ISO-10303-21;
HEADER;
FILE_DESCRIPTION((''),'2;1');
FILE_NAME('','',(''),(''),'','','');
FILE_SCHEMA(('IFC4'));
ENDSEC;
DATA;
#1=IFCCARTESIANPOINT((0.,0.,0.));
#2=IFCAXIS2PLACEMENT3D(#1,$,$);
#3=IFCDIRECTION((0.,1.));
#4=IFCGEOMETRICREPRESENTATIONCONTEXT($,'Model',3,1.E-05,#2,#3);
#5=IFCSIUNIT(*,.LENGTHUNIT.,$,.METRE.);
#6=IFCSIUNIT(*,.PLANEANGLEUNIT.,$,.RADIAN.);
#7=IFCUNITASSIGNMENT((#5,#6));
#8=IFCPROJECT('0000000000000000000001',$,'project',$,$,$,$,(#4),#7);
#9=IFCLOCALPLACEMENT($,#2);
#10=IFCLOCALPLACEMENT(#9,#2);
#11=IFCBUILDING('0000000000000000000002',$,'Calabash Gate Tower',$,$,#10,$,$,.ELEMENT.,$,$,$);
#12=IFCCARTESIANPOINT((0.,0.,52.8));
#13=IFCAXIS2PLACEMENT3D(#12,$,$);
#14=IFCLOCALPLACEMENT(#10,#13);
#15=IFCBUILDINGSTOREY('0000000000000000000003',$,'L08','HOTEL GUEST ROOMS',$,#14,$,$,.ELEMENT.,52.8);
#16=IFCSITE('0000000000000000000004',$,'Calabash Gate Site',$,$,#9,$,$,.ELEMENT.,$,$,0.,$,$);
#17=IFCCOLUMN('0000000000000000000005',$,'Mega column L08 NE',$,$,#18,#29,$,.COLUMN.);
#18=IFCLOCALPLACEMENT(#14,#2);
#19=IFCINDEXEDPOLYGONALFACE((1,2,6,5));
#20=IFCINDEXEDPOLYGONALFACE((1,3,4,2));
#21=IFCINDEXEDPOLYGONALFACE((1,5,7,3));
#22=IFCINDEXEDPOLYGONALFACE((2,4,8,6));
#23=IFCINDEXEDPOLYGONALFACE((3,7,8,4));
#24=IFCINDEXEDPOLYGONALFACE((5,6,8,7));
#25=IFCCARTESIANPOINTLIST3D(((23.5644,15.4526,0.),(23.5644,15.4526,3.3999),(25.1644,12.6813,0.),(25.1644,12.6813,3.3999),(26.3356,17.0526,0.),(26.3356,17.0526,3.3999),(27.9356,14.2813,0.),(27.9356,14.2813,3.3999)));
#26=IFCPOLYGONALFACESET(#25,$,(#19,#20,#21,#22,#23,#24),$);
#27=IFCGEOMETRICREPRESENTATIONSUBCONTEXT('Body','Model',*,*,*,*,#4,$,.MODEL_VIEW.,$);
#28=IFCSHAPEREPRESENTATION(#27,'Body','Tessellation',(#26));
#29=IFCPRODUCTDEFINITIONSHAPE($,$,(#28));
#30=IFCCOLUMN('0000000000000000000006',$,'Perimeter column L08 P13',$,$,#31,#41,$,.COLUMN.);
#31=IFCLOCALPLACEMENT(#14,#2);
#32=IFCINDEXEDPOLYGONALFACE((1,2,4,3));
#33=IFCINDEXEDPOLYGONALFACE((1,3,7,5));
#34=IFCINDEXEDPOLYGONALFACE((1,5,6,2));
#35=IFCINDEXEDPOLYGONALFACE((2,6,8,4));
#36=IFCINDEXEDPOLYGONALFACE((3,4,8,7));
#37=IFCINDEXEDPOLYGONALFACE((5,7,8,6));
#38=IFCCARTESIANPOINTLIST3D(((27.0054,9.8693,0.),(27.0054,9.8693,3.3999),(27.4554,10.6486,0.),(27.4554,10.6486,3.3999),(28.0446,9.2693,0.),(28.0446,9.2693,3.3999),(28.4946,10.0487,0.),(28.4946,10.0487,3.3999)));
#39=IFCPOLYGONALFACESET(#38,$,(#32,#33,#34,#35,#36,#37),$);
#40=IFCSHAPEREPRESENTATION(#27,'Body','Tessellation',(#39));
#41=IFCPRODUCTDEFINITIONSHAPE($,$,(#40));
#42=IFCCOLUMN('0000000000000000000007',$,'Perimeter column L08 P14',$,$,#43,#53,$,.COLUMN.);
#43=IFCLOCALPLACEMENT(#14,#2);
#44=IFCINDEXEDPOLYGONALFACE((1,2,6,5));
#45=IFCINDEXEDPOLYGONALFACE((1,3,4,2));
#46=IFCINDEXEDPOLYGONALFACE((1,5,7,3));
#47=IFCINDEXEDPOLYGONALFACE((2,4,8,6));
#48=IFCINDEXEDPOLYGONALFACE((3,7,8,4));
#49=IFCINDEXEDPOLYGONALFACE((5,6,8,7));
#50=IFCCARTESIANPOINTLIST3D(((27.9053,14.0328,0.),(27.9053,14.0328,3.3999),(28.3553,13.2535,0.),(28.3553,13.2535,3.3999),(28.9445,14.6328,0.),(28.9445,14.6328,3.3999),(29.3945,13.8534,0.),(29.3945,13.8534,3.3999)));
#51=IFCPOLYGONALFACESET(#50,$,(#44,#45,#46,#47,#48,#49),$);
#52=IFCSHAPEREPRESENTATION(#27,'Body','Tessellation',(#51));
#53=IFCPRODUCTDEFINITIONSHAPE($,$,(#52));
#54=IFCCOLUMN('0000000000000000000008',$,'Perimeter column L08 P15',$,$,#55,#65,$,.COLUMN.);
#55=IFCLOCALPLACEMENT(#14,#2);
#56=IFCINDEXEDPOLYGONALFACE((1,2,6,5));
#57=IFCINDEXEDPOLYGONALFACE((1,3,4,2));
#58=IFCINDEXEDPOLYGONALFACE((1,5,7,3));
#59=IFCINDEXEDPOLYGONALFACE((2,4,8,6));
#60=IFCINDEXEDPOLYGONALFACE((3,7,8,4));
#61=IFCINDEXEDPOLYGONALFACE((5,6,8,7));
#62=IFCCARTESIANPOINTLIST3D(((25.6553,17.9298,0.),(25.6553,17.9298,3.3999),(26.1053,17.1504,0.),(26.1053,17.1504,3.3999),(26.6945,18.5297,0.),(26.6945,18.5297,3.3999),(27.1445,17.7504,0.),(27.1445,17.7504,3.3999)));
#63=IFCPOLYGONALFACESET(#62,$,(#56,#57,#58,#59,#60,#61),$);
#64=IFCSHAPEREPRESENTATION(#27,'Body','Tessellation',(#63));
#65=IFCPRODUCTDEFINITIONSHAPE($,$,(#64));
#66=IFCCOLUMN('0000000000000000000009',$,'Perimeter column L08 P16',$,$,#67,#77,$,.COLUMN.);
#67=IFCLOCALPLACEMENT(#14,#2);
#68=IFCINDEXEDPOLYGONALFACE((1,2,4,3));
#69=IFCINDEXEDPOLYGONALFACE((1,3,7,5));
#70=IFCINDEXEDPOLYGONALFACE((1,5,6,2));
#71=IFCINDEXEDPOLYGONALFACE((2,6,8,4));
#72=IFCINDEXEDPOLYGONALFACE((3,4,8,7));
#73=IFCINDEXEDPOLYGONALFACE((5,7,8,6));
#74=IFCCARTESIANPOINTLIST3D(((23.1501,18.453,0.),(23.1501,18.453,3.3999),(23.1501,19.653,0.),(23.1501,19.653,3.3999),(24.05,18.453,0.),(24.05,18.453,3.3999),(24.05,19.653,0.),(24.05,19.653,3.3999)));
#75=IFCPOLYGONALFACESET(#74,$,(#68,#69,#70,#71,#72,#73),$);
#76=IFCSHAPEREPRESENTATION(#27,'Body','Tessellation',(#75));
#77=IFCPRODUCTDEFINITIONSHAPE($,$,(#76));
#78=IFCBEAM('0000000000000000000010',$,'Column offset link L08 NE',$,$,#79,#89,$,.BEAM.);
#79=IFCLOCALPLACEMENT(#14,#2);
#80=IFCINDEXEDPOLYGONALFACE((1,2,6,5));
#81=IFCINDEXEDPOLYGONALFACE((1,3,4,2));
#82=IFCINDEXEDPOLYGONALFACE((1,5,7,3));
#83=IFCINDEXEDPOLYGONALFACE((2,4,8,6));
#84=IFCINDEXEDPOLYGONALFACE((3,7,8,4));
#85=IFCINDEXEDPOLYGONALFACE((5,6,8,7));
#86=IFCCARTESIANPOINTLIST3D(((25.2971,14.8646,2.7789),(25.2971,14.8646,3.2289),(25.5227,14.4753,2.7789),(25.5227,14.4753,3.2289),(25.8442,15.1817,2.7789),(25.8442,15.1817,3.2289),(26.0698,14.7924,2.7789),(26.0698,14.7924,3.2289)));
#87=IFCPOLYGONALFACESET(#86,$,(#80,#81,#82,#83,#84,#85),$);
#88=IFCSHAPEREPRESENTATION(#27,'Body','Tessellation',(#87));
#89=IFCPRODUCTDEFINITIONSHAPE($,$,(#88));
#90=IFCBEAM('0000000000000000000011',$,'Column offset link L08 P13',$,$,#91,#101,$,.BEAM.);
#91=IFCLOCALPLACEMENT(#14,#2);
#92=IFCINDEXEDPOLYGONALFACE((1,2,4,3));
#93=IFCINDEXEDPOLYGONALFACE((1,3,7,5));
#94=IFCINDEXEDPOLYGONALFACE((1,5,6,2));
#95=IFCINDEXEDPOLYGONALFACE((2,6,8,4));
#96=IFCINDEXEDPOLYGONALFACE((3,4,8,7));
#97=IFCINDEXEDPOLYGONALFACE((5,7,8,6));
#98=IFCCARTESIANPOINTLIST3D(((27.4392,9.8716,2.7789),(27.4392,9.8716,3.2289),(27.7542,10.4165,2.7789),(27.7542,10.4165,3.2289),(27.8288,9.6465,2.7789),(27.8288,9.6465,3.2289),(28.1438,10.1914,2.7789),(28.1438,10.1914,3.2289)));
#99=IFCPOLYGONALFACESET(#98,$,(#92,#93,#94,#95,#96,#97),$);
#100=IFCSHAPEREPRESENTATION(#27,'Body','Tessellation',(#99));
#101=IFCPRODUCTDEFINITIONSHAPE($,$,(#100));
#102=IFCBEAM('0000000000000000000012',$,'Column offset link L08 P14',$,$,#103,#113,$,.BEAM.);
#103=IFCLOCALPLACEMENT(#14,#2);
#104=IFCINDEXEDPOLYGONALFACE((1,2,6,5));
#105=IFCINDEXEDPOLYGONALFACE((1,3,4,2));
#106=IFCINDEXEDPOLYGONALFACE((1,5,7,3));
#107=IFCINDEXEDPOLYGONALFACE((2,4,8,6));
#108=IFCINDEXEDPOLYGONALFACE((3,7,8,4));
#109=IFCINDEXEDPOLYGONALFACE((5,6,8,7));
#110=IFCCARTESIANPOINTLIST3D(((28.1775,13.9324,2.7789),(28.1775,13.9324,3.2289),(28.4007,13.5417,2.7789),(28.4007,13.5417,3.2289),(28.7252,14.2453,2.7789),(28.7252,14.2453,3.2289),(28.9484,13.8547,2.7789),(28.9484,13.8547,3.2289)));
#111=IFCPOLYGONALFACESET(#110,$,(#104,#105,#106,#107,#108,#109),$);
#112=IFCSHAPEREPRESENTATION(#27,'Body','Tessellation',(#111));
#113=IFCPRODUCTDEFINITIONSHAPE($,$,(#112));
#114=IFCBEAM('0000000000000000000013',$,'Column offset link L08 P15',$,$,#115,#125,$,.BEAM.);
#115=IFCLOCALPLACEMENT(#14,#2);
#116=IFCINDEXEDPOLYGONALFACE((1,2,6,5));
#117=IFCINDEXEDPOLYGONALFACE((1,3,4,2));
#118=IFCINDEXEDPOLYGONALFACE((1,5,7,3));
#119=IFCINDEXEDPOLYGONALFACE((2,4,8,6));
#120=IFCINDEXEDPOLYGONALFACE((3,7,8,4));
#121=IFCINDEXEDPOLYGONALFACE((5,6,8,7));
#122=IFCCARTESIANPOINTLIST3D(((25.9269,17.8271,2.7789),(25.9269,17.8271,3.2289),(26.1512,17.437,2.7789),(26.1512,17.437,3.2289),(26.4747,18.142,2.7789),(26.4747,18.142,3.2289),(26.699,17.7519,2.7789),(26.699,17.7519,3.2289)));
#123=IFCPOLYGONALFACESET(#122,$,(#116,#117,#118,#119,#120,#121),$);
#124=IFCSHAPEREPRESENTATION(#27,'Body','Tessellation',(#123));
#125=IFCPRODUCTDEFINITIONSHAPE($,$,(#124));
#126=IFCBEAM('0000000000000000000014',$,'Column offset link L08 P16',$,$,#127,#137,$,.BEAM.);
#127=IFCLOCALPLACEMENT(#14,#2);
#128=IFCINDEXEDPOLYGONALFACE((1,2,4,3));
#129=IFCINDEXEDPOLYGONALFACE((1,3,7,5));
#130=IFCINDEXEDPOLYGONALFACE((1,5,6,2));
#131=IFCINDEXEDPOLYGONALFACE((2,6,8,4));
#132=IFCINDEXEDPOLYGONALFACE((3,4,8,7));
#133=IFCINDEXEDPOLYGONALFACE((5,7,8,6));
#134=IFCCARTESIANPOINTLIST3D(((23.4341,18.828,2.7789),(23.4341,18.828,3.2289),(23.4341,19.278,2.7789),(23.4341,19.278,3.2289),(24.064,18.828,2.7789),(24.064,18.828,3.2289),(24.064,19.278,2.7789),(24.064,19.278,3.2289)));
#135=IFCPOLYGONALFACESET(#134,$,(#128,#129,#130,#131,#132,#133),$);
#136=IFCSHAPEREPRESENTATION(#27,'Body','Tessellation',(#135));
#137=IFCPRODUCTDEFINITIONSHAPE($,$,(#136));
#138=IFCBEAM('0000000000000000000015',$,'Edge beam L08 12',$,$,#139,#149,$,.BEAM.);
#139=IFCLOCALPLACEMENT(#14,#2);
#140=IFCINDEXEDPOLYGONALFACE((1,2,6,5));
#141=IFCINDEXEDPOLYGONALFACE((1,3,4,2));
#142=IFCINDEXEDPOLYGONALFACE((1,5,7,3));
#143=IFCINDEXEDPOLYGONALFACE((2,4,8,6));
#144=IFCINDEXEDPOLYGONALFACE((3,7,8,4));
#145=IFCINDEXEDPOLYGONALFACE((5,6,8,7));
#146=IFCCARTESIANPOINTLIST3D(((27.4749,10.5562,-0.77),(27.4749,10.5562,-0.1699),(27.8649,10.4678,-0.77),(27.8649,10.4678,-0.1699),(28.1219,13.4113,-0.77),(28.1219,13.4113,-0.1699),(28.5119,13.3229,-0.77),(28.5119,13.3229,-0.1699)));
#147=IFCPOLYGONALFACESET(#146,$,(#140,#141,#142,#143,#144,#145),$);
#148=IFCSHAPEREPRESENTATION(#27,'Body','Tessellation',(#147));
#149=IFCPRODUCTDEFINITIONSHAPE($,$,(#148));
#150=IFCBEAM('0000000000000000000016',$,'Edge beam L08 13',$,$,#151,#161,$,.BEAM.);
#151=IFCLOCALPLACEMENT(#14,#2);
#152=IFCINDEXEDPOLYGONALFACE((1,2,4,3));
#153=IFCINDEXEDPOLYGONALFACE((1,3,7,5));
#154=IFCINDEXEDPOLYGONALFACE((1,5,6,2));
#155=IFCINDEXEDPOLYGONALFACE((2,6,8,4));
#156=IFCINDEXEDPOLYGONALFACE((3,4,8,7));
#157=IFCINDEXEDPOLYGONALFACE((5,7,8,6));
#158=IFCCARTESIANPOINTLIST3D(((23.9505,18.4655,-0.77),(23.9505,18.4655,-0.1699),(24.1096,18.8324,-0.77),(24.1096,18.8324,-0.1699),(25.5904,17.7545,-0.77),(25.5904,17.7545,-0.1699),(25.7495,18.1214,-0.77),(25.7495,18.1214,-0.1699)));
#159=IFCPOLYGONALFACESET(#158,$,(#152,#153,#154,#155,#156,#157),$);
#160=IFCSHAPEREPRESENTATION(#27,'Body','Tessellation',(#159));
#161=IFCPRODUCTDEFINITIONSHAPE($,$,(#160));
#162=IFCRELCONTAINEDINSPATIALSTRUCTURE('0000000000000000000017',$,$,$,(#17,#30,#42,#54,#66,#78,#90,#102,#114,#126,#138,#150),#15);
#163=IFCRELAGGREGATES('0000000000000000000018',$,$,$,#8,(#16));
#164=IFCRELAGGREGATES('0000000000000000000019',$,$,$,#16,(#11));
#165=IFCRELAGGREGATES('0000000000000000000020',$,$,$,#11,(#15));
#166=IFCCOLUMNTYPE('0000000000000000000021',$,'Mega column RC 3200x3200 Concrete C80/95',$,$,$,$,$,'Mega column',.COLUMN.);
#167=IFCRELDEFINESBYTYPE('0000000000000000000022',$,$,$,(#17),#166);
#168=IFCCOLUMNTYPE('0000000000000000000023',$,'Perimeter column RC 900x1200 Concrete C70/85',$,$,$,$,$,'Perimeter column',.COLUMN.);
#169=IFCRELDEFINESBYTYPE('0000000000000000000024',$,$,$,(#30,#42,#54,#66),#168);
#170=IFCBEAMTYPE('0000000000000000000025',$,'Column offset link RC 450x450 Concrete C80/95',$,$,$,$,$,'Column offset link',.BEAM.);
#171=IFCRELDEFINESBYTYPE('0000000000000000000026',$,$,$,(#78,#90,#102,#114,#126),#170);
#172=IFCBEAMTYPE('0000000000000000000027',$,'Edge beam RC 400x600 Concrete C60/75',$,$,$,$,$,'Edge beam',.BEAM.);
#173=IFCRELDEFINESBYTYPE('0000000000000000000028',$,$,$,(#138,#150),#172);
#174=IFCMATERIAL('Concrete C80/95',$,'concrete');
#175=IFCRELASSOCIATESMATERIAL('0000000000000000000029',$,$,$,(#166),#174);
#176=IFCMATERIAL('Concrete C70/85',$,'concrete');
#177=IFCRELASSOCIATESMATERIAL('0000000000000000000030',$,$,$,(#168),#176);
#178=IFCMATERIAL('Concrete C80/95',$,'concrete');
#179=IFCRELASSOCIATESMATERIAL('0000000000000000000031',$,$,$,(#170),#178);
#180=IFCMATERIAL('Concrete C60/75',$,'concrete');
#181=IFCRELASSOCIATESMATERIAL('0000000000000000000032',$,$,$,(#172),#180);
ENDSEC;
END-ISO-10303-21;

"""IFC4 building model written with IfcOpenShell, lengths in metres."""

from ifc_helpers import new_model, si_unit, direction, frame, origin, origin_2d, place, context, subcontext, project, spatial, rectangle, extrude, material, material_profile, profile_set, type_object, element, save


model = new_model("IFC4")

# Units and contexts
model_context = context("Model", 3, precision=1e-05, world=origin(), true_north=direction((0.0, 1.0)))
body_context = subcontext(model_context, "Body", "Model", "MODEL_VIEW")
ifc_project = project(units=[si_unit("LENGTHUNIT", "METRE"), si_unit("PLANEANGLEUNIT", "RADIAN")], contexts=[model_context])

# Site, building, storey
site_placement = place(None, origin())
site = spatial("IfcSite", under=ifc_project, at=site_placement, Name="Calabash Gate Site", CompositionType="ELEMENT", RefElevation=0.0)
building_placement = place(site_placement, origin())
building = spatial("IfcBuilding", under=site, at=building_placement, Name="Calabash Gate Tower", CompositionType="ELEMENT")
storey_placement = place(building_placement, frame((0.0, 0.0, 52.8)))
storey = spatial("IfcBuildingStorey", under=building, at=storey_placement, Name="L08", Description="HOTEL GUEST ROOMS", CompositionType="ELEMENT", Elevation=52.8)

# Columns
ifc_material_1 = material(Name="Concrete C80/95", Category="concrete")
ifc_material_profile_1 = material_profile(ifc_material_1, rectangle(XDim=3.2, YDim=3.2, at=origin_2d()))
ifc_profile_set_1 = profile_set([ifc_material_profile_1], Name="Concrete C80/95")
column_type_1 = type_object("IfcColumnType", Name="Mega column RC 3200x3200 Concrete C80/95", ElementType="Mega column", PredefinedType="COLUMN", material=ifc_profile_set_1)
column_placement = place(storey_placement, frame((25.75, 14.8669, 0.0), z_axis=(0.0, 0.0, 1.0), x_axis=(-0.866025, -0.5, 0.0)))
element("IfcColumn", 1, at=column_placement, inside=storey, type_object=column_type_1, Name="Mega column L08 NE", PredefinedType="COLUMN", context=body_context, shape_type="SweptSolid", body=[
    extrude(rectangle(XDim=3.2, YDim=3.2, at=origin_2d()), origin(), (0.0, 0.0, 1.0), 3.3999),
])
ifc_material_2 = material(Name="Concrete C70/85", Category="concrete")
ifc_material_profile_2 = material_profile(ifc_material_2, rectangle(XDim=0.8999, YDim=1.2, at=origin_2d()))
ifc_profile_set_2 = profile_set([ifc_material_profile_2], Name="Concrete C70/85")
column_type_2 = type_object("IfcColumnType", Name="Perimeter column RC 900x1200 Concrete C70/85", ElementType="Perimeter column", PredefinedType="COLUMN", material=ifc_profile_set_2)
for number, where, z_axis, x_axis, name in (
    (2, (27.75, 9.959, 0.0), (0.0, 0.0, 1.0), (0.5, 0.866025, 0.0), "Perimeter column L08 P13"),
    (3, (28.6499, 13.9431, 0.0), (0.0, 0.0, 1.0), (-0.5, 0.866025, 0.0), "Perimeter column L08 P14"),
    (4, (26.3999, 17.8401, 0.0), (0.0, 0.0, 1.0), (-0.5, 0.866025, 0.0), "Perimeter column L08 P15"),
    (5, (23.6001, 19.053, 0.0), (0.0, 0.0, 1.0), (-1.0, 0.0, 0.0), "Perimeter column L08 P16"),
):
    element("IfcColumn", number, at=place(storey_placement, frame(where, z_axis=z_axis, x_axis=x_axis)), inside=storey, type_object=column_type_2, Name=name, PredefinedType="COLUMN", context=body_context, shape_type="SweptSolid", body=[
        extrude(rectangle(XDim=0.8999, YDim=1.2, at=origin_2d()), origin(), (0.0, 0.0, 1.0), 3.3999),
    ])

# Beams
ifc_material_3 = material(Name="Concrete C80/95", Category="concrete")
ifc_material_profile_3 = material_profile(ifc_material_3, rectangle(XDim=0.45, YDim=0.45, at=origin_2d()))
ifc_profile_set_3 = profile_set([ifc_material_profile_3], Name="Concrete C80/95")
beam_type_1 = type_object("IfcBeamType", Name="Column offset link RC 450x450 Concrete C80/95", ElementType="Column offset link", PredefinedType="BEAM", material=ifc_profile_set_3)
beam_1_placement = place(storey_placement, frame((25.4099, 14.6699, 3.0039), z_axis=(0.865162, 0.501493, 0.0), x_axis=(-0.501493, 0.865162, 0.0)))
element("IfcBeam", 6, at=beam_1_placement, inside=storey, type_object=beam_type_1, Name="Column offset link L08 NE", PredefinedType="BEAM", context=body_context, shape_type="SweptSolid", body=[
    extrude(rectangle(XDim=0.45, YDim=0.45, at=origin_2d()), origin(), (0.0, 0.0, 1.0), 0.6323),
])
beam_2_placement = place(storey_placement, frame((27.634, 9.759, 3.0039), z_axis=(0.500394, 0.865798, 0.0), x_axis=(-0.865798, 0.500394, 0.0)))
element("IfcBeam", 7, at=beam_2_placement, inside=storey, type_object=beam_type_1, Name="Column offset link L08 P13", PredefinedType="BEAM", context=body_context, shape_type="SweptSolid", body=[
    extrude(rectangle(XDim=0.45, YDim=0.45, at=origin_2d()), origin(), (0.0, 0.0, 1.0), 0.6294),
])
beam_3_placement = place(storey_placement, frame((28.2891, 13.7371, 3.0039), z_axis=(0.868291, 0.496056, 0.0), x_axis=(-0.496056, 0.868291, 0.0)))
element("IfcBeam", 8, at=beam_3_placement, inside=storey, type_object=beam_type_1, Name="Column offset link L08 P14", PredefinedType="BEAM", context=body_context, shape_type="SweptSolid", body=[
    extrude(rectangle(XDim=0.45, YDim=0.45, at=origin_2d()), origin(), (0.0, 0.0, 1.0), 0.6309),
])
beam_4_placement = place(storey_placement, frame((26.0391, 17.6321, 3.0039), z_axis=(0.866956, 0.498384, 0.0), x_axis=(-0.498384, 0.866956, 0.0)))
element("IfcBeam", 9, at=beam_4_placement, inside=storey, type_object=beam_type_1, Name="Column offset link L08 P15", PredefinedType="BEAM", context=body_context, shape_type="SweptSolid", body=[
    extrude(rectangle(XDim=0.45, YDim=0.45, at=origin_2d()), origin(), (0.0, 0.0, 1.0), 0.6318),
])
beam_5_placement = place(storey_placement, frame((23.4341, 19.053, 3.0039), z_axis=(1.0, 0.0, 0.0), x_axis=(0.0, 1.0, 0.0)))
element("IfcBeam", 10, at=beam_5_placement, inside=storey, type_object=beam_type_1, Name="Column offset link L08 P16", PredefinedType="BEAM", context=body_context, shape_type="SweptSolid", body=[
    extrude(rectangle(XDim=0.45, YDim=0.45, at=origin_2d()), origin(), (0.0, 0.0, 1.0), 0.6299),
])
ifc_material_4 = material(Name="Concrete C60/75", Category="concrete")
ifc_material_profile_4 = material_profile(ifc_material_4, rectangle(XDim=0.3999, YDim=0.6001, at=origin_2d()))
ifc_profile_set_4 = profile_set([ifc_material_profile_4], Name="Concrete C60/75")
beam_type_2 = type_object("IfcBeamType", Name="Edge beam RC 400x600 Concrete C60/75", ElementType="Edge beam", PredefinedType="BEAM", material=ifc_profile_set_4)
beam_6_placement = place(storey_placement, frame((27.6699, 10.512, -0.47), z_axis=(0.221008, 0.975272, 0.0), x_axis=(-0.975272, 0.221008, 0.0)))
element("IfcBeam", 11, at=beam_6_placement, inside=storey, type_object=beam_type_2, Name="Edge beam L08 12", PredefinedType="BEAM", context=body_context, shape_type="SweptSolid", body=[
    extrude(rectangle(XDim=0.3999, YDim=0.6001, at=origin_2d()), origin(), (0.0, 0.0, 1.0), 2.9275),
])
beam_7_placement = place(storey_placement, frame((25.6699, 17.938, -0.47), z_axis=(-0.917491, 0.397757, 0.0), x_axis=(-0.397757, -0.917491, 0.0)))
element("IfcBeam", 12, at=beam_7_placement, inside=storey, type_object=beam_type_2, Name="Edge beam L08 13", PredefinedType="BEAM", context=body_context, shape_type="SweptSolid", body=[
    extrude(rectangle(XDim=0.3999, YDim=0.6001, at=origin_2d()), origin(), (0.0, 0.0, 1.0), 1.7874),
])

save(model, "model.ifc")
